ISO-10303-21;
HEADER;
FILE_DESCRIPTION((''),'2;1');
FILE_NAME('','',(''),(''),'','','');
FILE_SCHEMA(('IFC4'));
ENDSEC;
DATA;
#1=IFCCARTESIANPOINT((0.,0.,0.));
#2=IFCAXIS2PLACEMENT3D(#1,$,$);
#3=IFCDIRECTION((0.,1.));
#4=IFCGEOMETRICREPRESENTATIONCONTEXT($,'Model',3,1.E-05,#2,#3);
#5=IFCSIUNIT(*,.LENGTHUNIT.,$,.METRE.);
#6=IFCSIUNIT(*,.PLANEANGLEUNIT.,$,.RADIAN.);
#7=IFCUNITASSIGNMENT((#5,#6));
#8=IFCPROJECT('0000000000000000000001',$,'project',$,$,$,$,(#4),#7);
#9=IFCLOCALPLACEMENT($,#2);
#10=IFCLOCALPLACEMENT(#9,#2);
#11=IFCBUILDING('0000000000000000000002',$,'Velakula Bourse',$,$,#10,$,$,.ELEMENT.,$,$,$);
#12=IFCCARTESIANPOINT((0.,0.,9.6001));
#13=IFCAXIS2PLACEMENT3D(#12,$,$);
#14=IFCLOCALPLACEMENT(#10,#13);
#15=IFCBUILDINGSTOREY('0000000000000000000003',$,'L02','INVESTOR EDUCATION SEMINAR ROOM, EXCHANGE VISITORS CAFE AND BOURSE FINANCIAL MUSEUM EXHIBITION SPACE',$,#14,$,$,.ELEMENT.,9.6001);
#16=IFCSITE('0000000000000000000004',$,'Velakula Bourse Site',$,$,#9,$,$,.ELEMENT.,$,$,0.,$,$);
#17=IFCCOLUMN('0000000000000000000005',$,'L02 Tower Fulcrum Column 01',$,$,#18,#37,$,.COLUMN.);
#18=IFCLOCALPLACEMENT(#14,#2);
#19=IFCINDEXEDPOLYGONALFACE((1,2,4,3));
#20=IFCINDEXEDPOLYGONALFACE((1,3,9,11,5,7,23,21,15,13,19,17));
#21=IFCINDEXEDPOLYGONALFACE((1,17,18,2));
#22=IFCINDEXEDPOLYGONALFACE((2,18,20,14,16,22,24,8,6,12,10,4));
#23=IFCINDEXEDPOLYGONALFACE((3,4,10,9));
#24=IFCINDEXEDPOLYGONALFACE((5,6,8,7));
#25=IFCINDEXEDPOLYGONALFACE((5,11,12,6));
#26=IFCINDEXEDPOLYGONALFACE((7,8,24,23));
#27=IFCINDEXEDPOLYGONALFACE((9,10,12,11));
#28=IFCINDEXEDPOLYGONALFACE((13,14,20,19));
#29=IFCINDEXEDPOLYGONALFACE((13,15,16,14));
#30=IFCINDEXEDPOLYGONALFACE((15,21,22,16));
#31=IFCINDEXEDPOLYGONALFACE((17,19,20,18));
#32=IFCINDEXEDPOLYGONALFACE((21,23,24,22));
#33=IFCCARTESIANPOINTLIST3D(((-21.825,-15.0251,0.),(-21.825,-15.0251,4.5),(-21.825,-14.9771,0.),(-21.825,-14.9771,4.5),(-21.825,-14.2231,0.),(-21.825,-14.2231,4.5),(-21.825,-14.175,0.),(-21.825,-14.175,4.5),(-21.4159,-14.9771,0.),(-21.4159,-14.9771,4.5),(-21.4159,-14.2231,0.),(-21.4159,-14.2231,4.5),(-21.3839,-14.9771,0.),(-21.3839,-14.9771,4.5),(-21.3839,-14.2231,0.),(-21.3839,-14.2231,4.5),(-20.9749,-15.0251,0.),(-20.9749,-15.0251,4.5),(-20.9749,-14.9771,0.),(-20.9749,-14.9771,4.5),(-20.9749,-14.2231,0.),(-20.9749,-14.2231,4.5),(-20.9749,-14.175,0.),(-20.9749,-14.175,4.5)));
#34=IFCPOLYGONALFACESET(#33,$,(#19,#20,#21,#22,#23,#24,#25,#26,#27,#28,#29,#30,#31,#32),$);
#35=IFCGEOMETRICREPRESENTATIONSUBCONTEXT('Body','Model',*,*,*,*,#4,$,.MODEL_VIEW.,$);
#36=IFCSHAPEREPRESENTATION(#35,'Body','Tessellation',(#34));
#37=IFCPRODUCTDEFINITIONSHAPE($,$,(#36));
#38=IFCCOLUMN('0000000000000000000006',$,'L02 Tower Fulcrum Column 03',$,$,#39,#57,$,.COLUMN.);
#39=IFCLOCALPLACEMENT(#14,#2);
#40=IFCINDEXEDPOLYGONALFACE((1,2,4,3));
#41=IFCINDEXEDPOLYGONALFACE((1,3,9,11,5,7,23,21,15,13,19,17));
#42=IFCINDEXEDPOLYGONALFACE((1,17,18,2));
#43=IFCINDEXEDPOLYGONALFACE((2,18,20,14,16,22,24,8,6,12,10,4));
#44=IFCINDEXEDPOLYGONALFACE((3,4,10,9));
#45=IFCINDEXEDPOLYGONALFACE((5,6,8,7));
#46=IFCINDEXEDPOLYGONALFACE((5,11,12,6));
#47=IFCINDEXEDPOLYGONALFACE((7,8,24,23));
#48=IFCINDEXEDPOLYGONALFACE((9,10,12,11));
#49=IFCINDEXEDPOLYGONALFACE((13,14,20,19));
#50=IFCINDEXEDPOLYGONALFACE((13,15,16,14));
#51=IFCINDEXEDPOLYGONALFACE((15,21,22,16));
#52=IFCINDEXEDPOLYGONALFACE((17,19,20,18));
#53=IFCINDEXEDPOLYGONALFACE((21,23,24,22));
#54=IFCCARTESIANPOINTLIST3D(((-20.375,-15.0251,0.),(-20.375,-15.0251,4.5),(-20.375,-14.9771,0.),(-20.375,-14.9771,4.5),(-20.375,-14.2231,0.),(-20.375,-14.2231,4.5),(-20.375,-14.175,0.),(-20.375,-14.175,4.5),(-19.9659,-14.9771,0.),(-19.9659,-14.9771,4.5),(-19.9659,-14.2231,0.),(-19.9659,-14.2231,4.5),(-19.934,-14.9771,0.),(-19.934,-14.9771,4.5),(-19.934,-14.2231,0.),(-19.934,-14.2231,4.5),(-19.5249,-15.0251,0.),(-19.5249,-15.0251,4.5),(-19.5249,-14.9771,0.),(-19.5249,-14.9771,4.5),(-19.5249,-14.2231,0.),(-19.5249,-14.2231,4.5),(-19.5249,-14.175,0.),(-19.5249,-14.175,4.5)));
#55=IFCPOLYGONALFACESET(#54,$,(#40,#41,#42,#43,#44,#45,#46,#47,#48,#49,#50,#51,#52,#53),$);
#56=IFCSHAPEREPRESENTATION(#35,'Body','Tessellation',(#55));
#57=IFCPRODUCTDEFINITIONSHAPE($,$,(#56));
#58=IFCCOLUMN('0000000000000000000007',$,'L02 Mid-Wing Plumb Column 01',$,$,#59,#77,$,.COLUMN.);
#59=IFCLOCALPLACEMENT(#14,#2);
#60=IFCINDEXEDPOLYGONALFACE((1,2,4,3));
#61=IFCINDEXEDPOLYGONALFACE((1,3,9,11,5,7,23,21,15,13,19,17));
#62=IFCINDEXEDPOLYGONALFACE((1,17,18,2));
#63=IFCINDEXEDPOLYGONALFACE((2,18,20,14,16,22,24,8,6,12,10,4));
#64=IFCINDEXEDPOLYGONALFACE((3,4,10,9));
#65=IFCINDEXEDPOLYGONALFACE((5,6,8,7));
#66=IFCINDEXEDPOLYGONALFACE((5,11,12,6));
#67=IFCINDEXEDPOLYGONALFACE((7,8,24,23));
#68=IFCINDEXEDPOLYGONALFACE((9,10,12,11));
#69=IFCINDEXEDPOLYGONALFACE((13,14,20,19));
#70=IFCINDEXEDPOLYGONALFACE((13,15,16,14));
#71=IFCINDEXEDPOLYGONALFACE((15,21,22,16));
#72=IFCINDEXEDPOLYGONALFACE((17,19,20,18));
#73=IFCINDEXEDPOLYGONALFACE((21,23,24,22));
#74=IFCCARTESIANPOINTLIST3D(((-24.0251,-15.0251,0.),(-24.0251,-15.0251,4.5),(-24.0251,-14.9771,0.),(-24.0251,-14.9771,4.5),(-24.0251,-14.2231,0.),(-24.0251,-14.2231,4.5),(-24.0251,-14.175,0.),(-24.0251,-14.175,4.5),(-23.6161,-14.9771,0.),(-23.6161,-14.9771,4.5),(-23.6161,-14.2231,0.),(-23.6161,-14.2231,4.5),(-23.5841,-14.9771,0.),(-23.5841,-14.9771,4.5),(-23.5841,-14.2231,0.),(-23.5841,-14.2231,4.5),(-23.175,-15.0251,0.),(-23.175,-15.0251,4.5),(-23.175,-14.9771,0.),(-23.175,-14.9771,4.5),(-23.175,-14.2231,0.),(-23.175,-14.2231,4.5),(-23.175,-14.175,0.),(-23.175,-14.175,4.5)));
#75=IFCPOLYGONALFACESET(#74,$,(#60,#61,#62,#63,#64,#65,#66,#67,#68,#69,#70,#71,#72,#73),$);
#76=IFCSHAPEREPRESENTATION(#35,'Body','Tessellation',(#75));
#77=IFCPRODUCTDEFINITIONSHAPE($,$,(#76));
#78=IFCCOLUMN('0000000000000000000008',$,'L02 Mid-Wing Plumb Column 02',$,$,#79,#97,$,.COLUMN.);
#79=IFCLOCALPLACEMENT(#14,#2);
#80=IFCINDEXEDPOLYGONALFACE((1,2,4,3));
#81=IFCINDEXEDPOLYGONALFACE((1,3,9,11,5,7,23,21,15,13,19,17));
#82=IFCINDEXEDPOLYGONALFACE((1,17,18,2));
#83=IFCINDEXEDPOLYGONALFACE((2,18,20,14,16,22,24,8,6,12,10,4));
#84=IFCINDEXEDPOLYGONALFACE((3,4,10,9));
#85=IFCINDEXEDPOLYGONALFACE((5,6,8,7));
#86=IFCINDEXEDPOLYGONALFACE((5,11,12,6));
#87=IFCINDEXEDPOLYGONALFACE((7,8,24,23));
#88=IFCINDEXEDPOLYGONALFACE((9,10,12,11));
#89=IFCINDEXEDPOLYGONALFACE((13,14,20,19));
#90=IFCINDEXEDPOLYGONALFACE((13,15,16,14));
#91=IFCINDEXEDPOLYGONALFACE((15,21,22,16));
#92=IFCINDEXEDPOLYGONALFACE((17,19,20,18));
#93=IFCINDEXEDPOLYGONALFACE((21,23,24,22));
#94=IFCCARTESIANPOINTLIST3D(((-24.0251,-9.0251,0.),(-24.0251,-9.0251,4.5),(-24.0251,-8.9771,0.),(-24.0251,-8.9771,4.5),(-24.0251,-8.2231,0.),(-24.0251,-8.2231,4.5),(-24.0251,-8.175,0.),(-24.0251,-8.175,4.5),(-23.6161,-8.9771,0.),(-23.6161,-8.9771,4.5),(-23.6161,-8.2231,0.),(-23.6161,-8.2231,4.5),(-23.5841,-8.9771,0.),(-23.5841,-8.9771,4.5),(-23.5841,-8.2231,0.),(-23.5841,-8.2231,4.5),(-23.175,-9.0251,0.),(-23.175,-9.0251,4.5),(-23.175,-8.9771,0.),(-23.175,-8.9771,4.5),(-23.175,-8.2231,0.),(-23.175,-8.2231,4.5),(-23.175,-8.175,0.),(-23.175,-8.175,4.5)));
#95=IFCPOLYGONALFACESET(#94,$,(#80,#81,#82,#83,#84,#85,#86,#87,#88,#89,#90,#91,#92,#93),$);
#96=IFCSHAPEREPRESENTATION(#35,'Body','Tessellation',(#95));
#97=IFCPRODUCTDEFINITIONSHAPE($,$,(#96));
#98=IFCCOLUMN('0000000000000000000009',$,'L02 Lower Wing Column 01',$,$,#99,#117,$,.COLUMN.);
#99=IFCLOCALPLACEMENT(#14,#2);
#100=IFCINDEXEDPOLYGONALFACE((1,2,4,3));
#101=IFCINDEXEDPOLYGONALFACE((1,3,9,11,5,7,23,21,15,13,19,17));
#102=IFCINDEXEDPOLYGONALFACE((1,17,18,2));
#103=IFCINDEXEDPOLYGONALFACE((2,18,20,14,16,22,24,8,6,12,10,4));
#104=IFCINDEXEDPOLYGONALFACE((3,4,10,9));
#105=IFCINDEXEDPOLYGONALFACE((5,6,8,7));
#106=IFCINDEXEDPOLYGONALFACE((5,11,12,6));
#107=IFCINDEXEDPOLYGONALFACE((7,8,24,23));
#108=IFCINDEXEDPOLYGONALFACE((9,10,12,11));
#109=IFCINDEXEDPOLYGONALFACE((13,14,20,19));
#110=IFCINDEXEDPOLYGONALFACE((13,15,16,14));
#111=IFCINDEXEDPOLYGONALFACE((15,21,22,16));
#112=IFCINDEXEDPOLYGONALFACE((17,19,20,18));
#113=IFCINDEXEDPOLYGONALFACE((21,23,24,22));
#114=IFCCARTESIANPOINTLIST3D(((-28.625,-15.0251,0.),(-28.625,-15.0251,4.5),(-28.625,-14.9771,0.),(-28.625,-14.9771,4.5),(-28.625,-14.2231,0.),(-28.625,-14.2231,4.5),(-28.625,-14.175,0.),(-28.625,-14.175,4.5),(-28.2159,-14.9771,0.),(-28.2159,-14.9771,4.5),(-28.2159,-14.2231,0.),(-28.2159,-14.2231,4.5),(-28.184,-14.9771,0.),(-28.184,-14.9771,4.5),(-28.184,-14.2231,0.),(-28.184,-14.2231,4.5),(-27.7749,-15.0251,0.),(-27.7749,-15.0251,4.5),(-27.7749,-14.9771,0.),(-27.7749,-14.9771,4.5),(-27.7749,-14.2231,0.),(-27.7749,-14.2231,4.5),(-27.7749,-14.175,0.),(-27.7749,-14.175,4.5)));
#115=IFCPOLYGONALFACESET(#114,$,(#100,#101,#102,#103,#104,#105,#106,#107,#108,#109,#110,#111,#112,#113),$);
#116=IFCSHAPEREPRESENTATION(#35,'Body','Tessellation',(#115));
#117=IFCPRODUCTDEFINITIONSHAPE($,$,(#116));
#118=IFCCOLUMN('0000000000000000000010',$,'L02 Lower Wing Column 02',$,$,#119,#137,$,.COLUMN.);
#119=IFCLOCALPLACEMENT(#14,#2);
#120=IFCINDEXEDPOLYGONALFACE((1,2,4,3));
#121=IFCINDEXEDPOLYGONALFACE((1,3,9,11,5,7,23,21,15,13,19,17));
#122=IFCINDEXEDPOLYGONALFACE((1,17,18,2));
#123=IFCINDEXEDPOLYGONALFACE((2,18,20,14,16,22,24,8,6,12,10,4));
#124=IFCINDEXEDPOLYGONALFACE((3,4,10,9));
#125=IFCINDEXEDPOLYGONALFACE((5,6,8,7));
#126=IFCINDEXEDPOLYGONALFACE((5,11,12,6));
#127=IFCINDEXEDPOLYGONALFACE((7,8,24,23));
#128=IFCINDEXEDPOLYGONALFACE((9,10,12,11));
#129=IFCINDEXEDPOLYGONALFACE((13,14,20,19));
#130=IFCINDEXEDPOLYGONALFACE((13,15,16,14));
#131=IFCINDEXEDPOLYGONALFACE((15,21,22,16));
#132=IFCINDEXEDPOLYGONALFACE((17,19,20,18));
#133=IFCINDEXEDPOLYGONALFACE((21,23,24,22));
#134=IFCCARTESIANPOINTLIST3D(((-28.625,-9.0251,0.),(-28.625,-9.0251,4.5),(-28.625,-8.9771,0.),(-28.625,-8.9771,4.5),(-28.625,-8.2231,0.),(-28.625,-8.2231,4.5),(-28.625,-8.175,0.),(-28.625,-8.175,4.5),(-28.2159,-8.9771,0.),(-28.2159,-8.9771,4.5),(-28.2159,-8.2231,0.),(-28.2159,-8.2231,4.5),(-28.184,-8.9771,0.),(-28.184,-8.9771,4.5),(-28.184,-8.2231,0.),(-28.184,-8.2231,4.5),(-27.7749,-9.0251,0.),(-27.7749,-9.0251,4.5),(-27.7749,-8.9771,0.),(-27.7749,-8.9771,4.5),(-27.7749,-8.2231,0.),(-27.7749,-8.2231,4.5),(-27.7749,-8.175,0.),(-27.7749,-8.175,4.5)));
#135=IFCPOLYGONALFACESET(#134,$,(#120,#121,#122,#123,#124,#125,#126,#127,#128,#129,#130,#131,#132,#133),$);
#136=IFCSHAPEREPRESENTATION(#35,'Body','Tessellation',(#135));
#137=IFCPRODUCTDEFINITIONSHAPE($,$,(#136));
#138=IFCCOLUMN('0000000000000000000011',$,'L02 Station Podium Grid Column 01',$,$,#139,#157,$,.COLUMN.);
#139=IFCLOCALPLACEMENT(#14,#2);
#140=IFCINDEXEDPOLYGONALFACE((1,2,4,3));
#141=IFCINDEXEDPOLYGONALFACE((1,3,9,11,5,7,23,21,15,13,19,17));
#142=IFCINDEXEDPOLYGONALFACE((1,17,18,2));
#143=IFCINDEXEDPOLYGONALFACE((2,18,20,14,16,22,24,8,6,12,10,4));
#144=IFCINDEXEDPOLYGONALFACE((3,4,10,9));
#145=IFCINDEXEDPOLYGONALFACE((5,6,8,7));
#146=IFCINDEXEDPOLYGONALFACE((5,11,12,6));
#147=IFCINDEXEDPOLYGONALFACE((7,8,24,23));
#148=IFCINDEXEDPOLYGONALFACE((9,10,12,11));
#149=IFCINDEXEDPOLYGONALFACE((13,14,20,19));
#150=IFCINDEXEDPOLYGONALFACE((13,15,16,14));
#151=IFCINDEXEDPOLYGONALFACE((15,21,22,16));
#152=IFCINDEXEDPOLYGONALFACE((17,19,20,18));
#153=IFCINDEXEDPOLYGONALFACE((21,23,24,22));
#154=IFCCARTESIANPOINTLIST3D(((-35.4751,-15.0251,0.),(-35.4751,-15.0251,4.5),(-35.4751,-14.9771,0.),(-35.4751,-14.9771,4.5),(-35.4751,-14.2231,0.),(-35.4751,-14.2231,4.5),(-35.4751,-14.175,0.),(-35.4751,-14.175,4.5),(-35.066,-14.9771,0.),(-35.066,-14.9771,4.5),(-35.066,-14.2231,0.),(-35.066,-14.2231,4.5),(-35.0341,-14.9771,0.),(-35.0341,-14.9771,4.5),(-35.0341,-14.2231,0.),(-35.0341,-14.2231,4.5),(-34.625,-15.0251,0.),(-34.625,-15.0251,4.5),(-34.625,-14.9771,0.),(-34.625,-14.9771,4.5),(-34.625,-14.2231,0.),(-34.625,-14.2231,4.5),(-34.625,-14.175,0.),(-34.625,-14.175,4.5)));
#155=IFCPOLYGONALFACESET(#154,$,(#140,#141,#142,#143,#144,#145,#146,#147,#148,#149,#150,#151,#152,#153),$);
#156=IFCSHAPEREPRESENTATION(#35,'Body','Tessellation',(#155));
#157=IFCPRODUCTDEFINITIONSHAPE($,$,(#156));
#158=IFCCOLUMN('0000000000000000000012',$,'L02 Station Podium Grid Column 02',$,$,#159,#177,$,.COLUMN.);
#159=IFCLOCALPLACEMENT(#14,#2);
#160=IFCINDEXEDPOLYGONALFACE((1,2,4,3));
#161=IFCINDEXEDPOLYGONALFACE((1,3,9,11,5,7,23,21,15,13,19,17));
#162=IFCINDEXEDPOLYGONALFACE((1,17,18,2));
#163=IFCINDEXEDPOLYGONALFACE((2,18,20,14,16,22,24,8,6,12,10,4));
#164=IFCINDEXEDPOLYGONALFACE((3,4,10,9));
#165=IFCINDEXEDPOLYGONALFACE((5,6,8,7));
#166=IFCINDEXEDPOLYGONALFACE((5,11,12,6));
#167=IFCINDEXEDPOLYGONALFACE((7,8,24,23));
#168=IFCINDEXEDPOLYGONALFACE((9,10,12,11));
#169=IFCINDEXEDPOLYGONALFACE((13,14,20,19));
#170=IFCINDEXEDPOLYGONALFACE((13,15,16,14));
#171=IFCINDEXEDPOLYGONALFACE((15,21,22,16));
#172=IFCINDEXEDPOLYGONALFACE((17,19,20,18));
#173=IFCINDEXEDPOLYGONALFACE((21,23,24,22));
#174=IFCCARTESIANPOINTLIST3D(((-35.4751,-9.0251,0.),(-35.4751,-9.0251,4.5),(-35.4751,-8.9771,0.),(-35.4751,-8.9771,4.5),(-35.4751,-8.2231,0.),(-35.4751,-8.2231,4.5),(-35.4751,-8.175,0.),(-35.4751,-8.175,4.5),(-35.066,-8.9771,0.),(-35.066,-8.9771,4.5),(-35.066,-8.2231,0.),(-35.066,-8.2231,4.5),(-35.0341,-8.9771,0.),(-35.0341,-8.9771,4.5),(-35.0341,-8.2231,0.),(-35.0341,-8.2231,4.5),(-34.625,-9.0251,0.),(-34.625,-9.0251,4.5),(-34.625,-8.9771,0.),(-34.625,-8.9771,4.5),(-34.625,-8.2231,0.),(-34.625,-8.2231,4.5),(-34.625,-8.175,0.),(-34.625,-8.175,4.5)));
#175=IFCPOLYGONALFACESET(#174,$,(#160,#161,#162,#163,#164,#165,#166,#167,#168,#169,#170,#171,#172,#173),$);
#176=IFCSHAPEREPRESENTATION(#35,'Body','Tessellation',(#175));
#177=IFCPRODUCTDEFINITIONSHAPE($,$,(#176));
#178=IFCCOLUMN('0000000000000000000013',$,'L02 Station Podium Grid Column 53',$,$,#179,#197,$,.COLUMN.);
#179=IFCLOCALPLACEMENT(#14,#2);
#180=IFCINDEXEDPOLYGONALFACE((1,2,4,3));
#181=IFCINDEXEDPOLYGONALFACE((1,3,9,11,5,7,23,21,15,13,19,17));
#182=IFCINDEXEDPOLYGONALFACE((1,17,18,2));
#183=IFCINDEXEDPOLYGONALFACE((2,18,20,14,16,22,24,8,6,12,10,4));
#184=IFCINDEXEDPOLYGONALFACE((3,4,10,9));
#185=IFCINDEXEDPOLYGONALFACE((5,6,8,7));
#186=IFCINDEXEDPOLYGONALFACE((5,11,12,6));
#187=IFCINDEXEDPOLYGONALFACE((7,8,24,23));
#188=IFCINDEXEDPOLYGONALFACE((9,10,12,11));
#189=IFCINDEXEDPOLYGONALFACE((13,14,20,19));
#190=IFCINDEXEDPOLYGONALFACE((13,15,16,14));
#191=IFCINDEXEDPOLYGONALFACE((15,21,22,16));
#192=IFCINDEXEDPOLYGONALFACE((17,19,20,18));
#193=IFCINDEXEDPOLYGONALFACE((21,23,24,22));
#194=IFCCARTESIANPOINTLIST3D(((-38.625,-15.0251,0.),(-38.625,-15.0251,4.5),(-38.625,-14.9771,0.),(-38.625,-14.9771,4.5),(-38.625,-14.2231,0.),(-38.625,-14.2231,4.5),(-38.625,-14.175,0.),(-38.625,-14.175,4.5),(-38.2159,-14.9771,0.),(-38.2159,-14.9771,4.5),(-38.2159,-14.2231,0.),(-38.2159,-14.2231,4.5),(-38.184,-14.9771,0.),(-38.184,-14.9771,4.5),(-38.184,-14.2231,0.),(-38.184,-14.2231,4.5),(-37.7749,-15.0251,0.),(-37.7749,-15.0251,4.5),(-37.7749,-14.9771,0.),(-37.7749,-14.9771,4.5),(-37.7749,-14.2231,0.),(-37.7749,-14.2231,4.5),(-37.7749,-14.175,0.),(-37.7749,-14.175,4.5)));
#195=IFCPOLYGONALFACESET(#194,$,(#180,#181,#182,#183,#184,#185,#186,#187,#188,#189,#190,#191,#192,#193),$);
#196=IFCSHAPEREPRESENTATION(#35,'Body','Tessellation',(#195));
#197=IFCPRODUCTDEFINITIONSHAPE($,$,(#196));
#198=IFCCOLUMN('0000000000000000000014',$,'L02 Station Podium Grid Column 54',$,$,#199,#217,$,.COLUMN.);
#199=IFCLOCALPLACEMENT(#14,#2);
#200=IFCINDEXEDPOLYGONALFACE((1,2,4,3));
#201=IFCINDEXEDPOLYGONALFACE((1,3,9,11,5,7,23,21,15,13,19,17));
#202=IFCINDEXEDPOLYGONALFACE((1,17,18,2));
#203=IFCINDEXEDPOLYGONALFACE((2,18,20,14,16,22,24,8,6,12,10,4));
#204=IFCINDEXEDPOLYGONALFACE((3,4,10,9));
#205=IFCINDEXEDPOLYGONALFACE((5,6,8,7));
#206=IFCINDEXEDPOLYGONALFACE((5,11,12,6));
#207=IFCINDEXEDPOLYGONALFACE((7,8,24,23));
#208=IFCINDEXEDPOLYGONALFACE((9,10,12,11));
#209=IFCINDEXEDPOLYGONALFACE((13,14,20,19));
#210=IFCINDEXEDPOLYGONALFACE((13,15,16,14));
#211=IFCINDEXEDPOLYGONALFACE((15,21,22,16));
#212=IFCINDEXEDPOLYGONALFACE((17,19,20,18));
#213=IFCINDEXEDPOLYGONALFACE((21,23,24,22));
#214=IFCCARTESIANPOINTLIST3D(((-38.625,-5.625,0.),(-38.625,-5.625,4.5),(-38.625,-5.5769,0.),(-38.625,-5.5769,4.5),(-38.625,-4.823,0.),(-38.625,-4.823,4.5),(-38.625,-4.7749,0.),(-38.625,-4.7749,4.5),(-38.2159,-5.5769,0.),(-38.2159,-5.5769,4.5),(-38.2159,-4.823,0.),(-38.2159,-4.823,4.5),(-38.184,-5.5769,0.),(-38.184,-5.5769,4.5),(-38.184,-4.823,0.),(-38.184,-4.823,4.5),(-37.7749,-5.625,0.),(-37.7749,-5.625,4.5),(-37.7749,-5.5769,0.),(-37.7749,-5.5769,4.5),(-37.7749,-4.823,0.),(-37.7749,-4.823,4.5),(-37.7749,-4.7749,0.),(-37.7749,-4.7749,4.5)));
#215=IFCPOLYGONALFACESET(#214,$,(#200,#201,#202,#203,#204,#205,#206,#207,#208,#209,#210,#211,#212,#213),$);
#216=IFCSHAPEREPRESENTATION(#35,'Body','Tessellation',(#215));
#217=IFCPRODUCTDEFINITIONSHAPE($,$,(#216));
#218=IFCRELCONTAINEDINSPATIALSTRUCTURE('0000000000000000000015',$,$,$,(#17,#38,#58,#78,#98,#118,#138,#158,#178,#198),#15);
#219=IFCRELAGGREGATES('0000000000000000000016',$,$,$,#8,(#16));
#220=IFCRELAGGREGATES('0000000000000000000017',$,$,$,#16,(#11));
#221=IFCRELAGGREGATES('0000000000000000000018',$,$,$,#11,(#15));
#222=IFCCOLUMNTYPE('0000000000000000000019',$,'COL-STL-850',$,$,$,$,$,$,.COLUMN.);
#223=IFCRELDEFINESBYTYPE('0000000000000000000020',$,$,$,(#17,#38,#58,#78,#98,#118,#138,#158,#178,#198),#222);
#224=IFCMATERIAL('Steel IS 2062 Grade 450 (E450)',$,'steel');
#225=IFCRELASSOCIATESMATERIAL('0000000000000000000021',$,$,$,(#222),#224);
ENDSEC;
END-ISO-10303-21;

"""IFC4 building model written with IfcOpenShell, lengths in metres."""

from ifc_helpers import new_model, si_unit, direction, frame, origin, origin_2d, place, context, subcontext, project, spatial, i_section, extrude, material, material_profile, profile_set, type_object, element, save


model = new_model("IFC4")

# Units and contexts
model_context = context("Model", 3, precision=1e-05, world=origin(), true_north=direction((0.0, 1.0)))
body_context = subcontext(model_context, "Body", "Model", "MODEL_VIEW")
ifc_project = project(units=[si_unit("LENGTHUNIT", "METRE"), si_unit("PLANEANGLEUNIT", "RADIAN")], contexts=[model_context])

# Site, building, storey
site_placement = place(None, origin())
site = spatial("IfcSite", under=ifc_project, at=site_placement, Name="Velakula Bourse Site", CompositionType="ELEMENT", RefElevation=0.0)
building_placement = place(site_placement, origin())
building = spatial("IfcBuilding", under=site, at=building_placement, Name="Velakula Bourse", CompositionType="ELEMENT")
storey_placement = place(building_placement, frame((0.0, 0.0, 9.6001)))
storey = spatial("IfcBuildingStorey", under=building, at=storey_placement, Name="L02", Description="INVESTOR EDUCATION SEMINAR ROOM, EXCHANGE VISITORS CAFE AND BOURSE FINANCIAL MUSEUM EXHIBITION SPACE", CompositionType="ELEMENT", Elevation=9.6001)

# Columns
ifc_material_1 = material(Name="Steel IS 2062 Grade 450 (E450)", Category="steel")
ifc_material_profile_1 = material_profile(ifc_material_1, i_section(OverallWidth=0.8501, OverallDepth=0.8501, WebThickness=0.032, FlangeThickness=0.0481, at=origin_2d()), Name="Steel IS 2062 Grade 450 (E450)")
ifc_profile_set_1 = profile_set([ifc_material_profile_1], Name="Steel IS 2062 Grade 450 (E450)")
column_type = type_object("IfcColumnType", Name="COL-STL-850", PredefinedType="COLUMN", material=ifc_profile_set_1)
for number, where, z_axis, x_axis, name in (
    (1, (-21.3999, -14.6001, 0.0), (0.0, 0.0, 1.0), (1.0, 0.0, 0.0), "L02 Tower Fulcrum Column 01"),
    (2, (-19.95, -14.6001, 0.0), (0.0, 0.0, 1.0), (1.0, 0.0, 0.0), "L02 Tower Fulcrum Column 03"),
    (3, (-23.6001, -14.6001, 0.0), (0.0, 0.0, 1.0), (1.0, 0.0, 0.0), "L02 Mid-Wing Plumb Column 01"),
    (4, (-23.6001, -8.6001, 0.0), (0.0, 0.0, 1.0), (1.0, 0.0, 0.0), "L02 Mid-Wing Plumb Column 02"),
    (5, (-28.2, -14.6001, 0.0), (0.0, 0.0, 1.0), (1.0, 0.0, 0.0), "L02 Lower Wing Column 01"),
    (6, (-28.2, -8.6001, 0.0), (0.0, 0.0, 1.0), (1.0, 0.0, 0.0), "L02 Lower Wing Column 02"),
    (7, (-35.05, -14.6001, 0.0), (0.0, 0.0, 1.0), (1.0, 0.0, 0.0), "L02 Station Podium Grid Column 01"),
    (8, (-35.05, -8.6001, 0.0), (0.0, 0.0, 1.0), (1.0, 0.0, 0.0), "L02 Station Podium Grid Column 02"),
    (9, (-38.2, -14.6001, 0.0), (0.0, 0.0, 1.0), (1.0, 0.0, 0.0), "L02 Station Podium Grid Column 53"),
    (10, (-38.2, -5.2, 0.0), (0.0, 0.0, 1.0), (1.0, 0.0, 0.0), "L02 Station Podium Grid Column 54"),
):
    element("IfcColumn", number, at=place(storey_placement, frame(where, z_axis=z_axis, x_axis=x_axis)), inside=storey, type_object=column_type, Name=name, PredefinedType="COLUMN", context=body_context, shape_type="SweptSolid", body=[
        extrude(i_section(OverallWidth=0.8501, OverallDepth=0.8501, WebThickness=0.032, FlangeThickness=0.0481, at=origin_2d()), origin(), (0.0, 0.0, 1.0), 4.5),
    ])

save(model, "model.ifc")
